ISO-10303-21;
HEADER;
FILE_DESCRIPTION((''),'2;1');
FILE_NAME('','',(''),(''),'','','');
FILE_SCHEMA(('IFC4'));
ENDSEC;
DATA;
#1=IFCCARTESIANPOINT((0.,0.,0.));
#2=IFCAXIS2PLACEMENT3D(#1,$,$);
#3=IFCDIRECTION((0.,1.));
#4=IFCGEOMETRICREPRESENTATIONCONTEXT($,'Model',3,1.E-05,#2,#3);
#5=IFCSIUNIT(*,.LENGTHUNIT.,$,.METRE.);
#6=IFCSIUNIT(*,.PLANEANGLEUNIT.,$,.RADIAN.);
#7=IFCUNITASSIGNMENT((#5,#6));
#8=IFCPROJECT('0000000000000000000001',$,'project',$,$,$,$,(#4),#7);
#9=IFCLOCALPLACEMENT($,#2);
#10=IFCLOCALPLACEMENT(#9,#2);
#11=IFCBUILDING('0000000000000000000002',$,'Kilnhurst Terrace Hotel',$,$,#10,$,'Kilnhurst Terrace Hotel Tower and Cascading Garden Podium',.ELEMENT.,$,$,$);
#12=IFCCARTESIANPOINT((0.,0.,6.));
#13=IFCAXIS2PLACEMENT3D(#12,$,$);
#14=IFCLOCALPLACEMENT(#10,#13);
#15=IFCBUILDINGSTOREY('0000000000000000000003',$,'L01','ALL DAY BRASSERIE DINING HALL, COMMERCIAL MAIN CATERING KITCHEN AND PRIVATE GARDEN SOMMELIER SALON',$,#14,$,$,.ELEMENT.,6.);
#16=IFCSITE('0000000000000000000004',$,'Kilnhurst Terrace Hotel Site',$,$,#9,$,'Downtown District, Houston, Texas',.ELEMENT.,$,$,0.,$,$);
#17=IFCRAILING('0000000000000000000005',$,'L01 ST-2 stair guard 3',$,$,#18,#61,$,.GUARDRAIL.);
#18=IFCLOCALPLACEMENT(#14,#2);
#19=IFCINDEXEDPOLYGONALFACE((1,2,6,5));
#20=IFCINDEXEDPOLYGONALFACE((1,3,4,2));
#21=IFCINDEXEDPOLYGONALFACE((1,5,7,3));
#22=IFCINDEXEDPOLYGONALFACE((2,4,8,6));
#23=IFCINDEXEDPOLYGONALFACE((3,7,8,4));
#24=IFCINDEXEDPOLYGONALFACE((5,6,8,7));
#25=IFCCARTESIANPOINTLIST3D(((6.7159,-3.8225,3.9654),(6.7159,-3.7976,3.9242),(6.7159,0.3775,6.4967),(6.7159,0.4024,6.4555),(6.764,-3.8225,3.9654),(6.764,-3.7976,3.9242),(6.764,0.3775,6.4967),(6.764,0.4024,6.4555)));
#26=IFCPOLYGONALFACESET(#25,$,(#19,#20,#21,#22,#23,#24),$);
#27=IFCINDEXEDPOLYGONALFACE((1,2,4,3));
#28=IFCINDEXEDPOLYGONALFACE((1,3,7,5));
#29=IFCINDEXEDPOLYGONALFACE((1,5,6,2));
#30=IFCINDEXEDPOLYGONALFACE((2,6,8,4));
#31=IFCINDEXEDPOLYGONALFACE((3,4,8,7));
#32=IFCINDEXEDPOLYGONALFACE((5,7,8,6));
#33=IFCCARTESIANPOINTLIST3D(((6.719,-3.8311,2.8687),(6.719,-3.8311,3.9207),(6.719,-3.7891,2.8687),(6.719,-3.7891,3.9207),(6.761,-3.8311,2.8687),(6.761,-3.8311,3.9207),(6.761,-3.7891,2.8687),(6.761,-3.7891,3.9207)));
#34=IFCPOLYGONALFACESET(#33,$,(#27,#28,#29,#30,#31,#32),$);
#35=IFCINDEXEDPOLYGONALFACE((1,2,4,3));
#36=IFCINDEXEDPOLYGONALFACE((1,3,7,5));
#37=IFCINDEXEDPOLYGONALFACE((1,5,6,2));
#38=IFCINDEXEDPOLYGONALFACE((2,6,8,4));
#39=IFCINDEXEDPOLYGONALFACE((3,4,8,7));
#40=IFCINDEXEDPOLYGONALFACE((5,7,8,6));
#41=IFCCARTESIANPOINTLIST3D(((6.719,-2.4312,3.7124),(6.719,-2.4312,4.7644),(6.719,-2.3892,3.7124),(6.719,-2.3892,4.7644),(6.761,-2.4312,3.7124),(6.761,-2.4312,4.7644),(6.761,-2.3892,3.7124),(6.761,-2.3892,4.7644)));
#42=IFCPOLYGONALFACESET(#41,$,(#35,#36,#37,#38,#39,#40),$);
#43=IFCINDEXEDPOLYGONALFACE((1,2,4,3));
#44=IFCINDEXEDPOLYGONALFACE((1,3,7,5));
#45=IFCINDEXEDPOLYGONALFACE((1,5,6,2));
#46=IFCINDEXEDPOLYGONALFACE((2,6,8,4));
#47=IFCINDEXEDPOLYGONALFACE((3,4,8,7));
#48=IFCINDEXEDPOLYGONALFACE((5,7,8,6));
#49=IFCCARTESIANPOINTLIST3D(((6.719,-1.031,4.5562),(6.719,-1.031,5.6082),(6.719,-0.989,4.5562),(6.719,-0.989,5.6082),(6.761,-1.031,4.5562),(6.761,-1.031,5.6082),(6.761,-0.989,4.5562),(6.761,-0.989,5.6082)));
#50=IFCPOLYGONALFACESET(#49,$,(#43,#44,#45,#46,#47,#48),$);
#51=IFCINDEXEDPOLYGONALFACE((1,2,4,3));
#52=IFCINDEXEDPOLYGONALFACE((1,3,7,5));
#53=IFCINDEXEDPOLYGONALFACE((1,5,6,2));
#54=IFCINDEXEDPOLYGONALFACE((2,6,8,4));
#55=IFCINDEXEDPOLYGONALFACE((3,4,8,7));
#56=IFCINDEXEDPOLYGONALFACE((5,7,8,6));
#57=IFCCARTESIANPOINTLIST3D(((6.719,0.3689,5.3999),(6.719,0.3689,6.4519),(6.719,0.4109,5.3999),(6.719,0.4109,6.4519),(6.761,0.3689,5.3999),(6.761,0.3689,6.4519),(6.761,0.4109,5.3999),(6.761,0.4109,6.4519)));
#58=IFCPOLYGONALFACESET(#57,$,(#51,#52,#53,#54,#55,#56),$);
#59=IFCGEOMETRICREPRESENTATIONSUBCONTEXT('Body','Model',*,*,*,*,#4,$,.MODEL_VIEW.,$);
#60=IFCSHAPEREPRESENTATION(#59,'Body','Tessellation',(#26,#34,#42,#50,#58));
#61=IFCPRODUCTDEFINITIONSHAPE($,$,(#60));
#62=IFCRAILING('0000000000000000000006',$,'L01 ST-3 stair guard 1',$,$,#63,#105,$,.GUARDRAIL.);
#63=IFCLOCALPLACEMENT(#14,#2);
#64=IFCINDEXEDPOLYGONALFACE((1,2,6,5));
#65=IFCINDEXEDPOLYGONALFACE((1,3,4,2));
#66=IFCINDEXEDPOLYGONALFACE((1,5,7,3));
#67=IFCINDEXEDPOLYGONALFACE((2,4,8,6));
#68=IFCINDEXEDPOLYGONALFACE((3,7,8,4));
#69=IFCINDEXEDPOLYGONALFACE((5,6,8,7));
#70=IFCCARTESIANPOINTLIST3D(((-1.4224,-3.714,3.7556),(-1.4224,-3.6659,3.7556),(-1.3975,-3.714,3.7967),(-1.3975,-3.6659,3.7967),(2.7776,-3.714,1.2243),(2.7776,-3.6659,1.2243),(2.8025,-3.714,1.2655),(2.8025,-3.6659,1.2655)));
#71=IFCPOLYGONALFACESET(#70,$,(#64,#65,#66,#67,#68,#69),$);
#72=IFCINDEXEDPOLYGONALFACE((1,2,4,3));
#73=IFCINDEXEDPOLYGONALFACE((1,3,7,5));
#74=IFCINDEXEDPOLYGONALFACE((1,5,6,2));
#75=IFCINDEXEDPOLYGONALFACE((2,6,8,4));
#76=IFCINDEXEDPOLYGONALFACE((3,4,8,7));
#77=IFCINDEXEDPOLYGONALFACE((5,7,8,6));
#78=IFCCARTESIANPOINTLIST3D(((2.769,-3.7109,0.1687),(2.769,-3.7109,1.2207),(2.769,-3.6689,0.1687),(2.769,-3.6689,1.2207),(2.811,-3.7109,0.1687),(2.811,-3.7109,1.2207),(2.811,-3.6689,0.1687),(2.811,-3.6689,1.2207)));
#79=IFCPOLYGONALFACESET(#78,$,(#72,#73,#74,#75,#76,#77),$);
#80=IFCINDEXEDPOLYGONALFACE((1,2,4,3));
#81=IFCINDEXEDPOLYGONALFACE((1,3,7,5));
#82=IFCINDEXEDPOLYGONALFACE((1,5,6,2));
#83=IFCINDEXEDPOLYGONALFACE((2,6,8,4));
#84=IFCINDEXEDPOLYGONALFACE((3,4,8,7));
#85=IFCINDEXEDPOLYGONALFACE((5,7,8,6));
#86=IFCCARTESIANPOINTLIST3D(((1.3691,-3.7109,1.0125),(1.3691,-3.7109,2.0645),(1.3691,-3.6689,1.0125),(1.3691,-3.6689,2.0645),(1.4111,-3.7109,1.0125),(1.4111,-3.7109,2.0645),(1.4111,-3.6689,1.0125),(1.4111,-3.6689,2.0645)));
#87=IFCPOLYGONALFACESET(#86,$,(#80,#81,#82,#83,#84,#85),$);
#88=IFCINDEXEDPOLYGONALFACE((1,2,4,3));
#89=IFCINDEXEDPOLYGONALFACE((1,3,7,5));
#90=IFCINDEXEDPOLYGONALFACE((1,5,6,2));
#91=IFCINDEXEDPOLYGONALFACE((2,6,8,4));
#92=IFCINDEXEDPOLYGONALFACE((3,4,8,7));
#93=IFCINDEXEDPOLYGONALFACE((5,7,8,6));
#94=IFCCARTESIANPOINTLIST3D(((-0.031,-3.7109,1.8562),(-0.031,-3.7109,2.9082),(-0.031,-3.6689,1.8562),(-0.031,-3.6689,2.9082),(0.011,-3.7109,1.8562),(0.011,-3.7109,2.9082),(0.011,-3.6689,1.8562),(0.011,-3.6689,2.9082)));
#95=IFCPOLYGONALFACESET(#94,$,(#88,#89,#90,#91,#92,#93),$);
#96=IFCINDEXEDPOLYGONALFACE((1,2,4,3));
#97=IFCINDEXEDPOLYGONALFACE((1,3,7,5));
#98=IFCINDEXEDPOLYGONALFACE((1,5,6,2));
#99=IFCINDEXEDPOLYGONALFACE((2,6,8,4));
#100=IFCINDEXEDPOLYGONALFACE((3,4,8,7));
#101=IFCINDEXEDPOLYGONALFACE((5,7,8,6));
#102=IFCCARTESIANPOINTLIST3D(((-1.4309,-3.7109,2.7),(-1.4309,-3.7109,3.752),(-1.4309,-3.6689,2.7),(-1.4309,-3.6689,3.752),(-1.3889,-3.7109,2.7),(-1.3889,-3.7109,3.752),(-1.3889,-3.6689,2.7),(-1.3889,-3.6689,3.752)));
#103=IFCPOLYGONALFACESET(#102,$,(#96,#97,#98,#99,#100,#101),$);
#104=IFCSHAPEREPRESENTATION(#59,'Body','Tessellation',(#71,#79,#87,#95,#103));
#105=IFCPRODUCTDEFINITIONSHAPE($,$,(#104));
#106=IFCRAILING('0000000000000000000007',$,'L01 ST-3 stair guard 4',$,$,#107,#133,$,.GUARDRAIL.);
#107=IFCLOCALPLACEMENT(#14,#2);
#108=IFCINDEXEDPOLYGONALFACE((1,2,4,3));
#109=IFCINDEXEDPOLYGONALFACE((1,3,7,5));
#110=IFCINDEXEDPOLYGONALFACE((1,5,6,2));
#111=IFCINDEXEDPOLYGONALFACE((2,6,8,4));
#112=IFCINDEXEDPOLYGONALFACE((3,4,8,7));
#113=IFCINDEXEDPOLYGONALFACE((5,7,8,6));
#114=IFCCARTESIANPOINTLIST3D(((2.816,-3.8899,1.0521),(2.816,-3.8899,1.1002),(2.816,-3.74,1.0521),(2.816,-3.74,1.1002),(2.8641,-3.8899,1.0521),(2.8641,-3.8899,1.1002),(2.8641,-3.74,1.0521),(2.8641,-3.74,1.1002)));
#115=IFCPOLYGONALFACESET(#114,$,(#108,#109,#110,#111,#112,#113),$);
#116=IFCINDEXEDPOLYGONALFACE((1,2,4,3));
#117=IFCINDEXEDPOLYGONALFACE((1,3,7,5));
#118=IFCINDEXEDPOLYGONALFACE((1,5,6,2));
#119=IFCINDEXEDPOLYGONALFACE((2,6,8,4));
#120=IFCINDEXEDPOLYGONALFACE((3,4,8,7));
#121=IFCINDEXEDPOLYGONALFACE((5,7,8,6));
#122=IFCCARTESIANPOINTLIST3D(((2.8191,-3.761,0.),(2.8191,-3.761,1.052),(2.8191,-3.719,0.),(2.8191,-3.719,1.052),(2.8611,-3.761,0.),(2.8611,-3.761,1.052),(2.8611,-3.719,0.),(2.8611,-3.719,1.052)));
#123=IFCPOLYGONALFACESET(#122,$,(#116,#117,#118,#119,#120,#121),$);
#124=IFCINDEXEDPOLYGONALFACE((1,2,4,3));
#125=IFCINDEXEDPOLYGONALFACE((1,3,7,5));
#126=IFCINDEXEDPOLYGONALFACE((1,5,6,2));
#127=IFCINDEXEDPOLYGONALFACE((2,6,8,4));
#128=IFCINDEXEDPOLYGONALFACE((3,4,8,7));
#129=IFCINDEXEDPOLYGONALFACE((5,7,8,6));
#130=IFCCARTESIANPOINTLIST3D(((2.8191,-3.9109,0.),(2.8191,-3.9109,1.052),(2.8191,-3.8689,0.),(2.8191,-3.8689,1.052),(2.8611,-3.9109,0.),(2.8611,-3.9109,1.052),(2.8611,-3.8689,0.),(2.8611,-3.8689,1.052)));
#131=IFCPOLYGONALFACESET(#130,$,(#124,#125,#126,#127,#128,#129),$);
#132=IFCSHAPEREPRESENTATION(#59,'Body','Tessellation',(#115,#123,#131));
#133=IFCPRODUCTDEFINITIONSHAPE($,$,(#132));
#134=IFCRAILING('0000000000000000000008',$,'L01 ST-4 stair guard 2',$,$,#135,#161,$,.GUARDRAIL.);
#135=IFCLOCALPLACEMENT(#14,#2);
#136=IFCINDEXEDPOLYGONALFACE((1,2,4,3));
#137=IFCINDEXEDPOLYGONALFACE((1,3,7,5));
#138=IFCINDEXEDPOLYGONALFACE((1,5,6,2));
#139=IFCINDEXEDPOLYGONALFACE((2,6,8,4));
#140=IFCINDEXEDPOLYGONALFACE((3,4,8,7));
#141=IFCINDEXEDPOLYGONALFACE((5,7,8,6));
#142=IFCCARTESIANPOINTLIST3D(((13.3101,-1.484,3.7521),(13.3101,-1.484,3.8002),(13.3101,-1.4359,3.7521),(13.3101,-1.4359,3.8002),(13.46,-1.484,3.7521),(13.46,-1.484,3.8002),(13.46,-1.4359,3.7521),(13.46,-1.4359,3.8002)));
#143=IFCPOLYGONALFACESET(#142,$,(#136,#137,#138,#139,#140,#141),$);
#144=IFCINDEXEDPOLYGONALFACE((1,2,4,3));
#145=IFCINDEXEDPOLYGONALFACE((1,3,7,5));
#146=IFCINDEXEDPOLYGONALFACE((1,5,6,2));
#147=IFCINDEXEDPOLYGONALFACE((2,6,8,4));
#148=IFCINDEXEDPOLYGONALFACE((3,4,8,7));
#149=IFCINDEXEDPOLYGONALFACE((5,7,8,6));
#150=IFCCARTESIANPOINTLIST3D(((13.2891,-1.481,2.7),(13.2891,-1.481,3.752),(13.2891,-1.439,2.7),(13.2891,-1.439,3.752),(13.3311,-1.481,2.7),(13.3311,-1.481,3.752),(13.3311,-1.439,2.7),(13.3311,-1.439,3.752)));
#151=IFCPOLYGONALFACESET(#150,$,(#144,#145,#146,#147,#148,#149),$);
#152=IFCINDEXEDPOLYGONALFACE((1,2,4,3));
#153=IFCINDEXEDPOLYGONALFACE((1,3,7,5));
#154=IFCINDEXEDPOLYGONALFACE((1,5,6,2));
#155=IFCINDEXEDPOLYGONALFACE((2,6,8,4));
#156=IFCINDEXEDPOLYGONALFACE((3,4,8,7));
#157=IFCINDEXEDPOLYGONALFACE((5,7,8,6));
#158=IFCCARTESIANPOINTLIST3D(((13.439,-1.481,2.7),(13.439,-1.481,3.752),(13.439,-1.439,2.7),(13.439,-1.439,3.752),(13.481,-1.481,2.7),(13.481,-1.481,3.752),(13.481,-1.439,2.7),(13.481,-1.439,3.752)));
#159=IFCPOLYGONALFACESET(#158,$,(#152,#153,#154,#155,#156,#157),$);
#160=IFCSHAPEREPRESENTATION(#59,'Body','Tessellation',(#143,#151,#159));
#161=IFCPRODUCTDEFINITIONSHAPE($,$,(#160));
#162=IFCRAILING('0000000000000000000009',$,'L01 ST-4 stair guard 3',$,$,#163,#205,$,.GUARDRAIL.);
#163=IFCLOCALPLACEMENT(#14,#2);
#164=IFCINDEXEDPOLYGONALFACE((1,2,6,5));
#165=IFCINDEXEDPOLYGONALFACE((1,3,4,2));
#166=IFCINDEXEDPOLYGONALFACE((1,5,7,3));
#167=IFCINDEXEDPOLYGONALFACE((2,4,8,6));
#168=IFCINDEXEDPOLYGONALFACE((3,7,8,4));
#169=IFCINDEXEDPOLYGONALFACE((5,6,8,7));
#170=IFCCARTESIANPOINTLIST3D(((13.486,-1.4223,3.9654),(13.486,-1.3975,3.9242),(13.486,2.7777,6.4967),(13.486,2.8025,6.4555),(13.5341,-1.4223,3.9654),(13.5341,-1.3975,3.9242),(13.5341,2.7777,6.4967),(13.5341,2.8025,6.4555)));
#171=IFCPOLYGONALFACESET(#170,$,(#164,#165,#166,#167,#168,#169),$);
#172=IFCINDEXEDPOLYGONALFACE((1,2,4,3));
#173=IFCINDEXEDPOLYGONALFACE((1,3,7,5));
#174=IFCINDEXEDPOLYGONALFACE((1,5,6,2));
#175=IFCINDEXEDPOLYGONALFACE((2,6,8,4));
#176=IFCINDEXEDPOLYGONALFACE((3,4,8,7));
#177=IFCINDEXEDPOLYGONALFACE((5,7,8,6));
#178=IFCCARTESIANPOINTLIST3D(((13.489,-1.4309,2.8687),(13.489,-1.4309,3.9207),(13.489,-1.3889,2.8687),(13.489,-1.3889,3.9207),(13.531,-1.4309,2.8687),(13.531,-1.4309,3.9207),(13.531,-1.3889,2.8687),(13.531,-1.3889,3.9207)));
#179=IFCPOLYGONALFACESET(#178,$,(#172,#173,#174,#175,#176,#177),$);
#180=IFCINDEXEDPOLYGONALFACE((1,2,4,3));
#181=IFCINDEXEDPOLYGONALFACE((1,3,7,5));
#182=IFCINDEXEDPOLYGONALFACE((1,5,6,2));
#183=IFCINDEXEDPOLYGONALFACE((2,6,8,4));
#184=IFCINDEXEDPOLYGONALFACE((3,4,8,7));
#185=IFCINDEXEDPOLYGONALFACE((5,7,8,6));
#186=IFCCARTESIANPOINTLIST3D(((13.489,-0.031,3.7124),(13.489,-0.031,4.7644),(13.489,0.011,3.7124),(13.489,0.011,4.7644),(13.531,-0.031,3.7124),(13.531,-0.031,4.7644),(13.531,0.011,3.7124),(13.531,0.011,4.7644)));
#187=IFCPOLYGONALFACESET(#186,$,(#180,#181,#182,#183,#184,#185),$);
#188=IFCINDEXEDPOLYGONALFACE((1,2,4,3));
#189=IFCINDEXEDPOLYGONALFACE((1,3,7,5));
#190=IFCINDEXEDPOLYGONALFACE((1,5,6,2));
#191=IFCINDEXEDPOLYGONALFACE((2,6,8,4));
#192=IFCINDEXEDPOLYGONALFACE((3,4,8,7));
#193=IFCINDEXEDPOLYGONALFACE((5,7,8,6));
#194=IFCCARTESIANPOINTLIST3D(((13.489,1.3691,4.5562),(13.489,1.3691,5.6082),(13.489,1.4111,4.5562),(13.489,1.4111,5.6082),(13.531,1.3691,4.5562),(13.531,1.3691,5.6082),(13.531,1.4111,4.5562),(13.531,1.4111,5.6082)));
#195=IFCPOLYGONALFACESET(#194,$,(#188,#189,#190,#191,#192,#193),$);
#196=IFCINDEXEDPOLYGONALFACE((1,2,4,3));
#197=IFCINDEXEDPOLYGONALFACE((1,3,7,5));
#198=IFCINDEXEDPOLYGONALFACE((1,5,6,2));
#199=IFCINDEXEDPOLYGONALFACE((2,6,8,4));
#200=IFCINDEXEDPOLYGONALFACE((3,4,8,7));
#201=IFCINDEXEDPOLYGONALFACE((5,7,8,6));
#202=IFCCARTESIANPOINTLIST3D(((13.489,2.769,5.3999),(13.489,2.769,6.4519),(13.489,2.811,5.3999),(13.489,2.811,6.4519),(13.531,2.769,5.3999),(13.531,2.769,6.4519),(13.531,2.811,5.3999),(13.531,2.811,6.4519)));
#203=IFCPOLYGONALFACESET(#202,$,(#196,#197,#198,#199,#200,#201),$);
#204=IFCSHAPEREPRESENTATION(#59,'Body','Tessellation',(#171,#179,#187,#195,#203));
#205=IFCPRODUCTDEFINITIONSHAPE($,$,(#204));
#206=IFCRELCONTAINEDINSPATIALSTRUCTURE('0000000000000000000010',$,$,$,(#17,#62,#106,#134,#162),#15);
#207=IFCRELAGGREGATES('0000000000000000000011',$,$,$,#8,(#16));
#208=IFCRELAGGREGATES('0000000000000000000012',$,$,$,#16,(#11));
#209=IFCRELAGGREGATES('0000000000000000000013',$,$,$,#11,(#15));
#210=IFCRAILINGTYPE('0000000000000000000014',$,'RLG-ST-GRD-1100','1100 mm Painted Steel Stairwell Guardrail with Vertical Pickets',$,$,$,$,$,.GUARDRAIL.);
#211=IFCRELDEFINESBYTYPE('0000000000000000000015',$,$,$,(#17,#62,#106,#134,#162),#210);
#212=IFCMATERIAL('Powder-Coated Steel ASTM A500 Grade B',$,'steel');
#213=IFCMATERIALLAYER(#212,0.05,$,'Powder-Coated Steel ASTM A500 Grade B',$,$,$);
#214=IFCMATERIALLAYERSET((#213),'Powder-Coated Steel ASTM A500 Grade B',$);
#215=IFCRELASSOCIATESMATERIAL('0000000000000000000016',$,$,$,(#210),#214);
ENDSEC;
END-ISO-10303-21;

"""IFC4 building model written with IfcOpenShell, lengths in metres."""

from ifc_helpers import new_model, si_unit, direction, frame, origin, origin_2d, place, context, subcontext, project, spatial, rectangle, extrude, material, layer, layer_set, type_object, element, save


model = new_model("IFC4")

# Units and contexts
model_context = context("Model", 3, precision=1e-05, world=origin(), true_north=direction((0.0, 1.0)))
body_context = subcontext(model_context, "Body", "Model", "MODEL_VIEW")
ifc_project = project(units=[si_unit("LENGTHUNIT", "METRE"), si_unit("PLANEANGLEUNIT", "RADIAN")], contexts=[model_context])

# Site, building, storey
site_placement = place(None, origin())
site = spatial("IfcSite", under=ifc_project, at=site_placement, Name="Kilnhurst Terrace Hotel Site", LongName="Downtown District, Houston, Texas", CompositionType="ELEMENT", RefElevation=0.0)
building_placement = place(site_placement, origin())
building = spatial("IfcBuilding", under=site, at=building_placement, Name="Kilnhurst Terrace Hotel", LongName="Kilnhurst Terrace Hotel Tower and Cascading Garden Podium", CompositionType="ELEMENT")
storey_placement = place(building_placement, frame((0.0, 0.0, 6.0)))
storey = spatial("IfcBuildingStorey", under=building, at=storey_placement, Name="L01", Description="ALL DAY BRASSERIE DINING HALL, COMMERCIAL MAIN CATERING KITCHEN AND PRIVATE GARDEN SOMMELIER SALON", CompositionType="ELEMENT", Elevation=6.0)

# Railings
ifc_material_1 = material(Name="Powder-Coated Steel ASTM A500 Grade B", Category="steel")
ifc_layer_1 = layer(ifc_material_1, 0.05, Name="Powder-Coated Steel ASTM A500 Grade B")
ifc_layer_set_1 = layer_set([ifc_layer_1], Name="Powder-Coated Steel ASTM A500 Grade B")
railing_type_1 = type_object("IfcRailingType", Name="RLG-ST-GRD-1100", Description="1100 mm Painted Steel Stairwell Guardrail with Vertical Pickets", PredefinedType="GUARDRAIL", material=ifc_layer_set_1)
railing_1_placement = place(storey_placement, frame((6.74, -3.8101, 2.8687)))
element("IfcRailing", 1, at=railing_1_placement, inside=storey, type_object=railing_type_1, Name="L01 ST-2 stair guard 3", PredefinedType="GUARDRAIL", context=body_context, shape_type="SweptSolid", body=[
    extrude(rectangle(XDim=0.0481, YDim=0.0481, at=origin_2d()), frame((0.0, 0.0, 1.0762), z_axis=(0.0, 0.856476, 0.516186), x_axis=(-1.0, 0.0, 0.0)), (0.0, 0.0, 1.0), 4.9038),
    extrude(rectangle(XDim=0.042, YDim=0.042, at=origin_2d()), origin(), (0.0, 0.0, 1.0), 1.052),
    extrude(rectangle(XDim=0.042, YDim=0.042, at=origin_2d()), frame((0.0, 1.3999, 0.8438)), (0.0, 0.0, 1.0), 1.052),
    extrude(rectangle(XDim=0.042, YDim=0.042, at=origin_2d()), frame((0.0, 2.8, 1.6875)), (0.0, 0.0, 1.0), 1.052),
    extrude(rectangle(XDim=0.042, YDim=0.042, at=origin_2d()), frame((0.0, 4.2, 2.5312)), (0.0, 0.0, 1.0), 1.052),
])
railing_2_placement = place(storey_placement, frame((2.79, -3.6899, 0.1687)))
element("IfcRailing", 2, at=railing_2_placement, inside=storey, type_object=railing_type_1, Name="L01 ST-3 stair guard 1", PredefinedType="GUARDRAIL", context=body_context, shape_type="SweptSolid", body=[
    extrude(rectangle(XDim=0.0481, YDim=0.0481, at=origin_2d()), frame((0.0, 0.0, 1.0762), z_axis=(-0.856476, 0.0, 0.516186), x_axis=(0.0, -1.0, 0.0)), (0.0, 0.0, 1.0), 4.9038),
    extrude(rectangle(XDim=0.042, YDim=0.042, at=origin_2d()), origin(), (0.0, 0.0, 1.0), 1.052),
    extrude(rectangle(XDim=0.042, YDim=0.042, at=origin_2d()), frame((-1.3999, 0.0, 0.8438)), (0.0, 0.0, 1.0), 1.052),
    extrude(rectangle(XDim=0.042, YDim=0.042, at=origin_2d()), frame((-2.8, 0.0, 1.6875)), (0.0, 0.0, 1.0), 1.052),
    extrude(rectangle(XDim=0.042, YDim=0.042, at=origin_2d()), frame((-4.2, 0.0, 2.5312)), (0.0, 0.0, 1.0), 1.052),
])
railing_3_placement = place(storey_placement, frame((2.8401, -3.74, 0.0)))
element("IfcRailing", 3, at=railing_3_placement, inside=storey, type_object=railing_type_1, Name="L01 ST-3 stair guard 4", PredefinedType="GUARDRAIL", context=body_context, shape_type="SweptSolid", body=[
    extrude(rectangle(XDim=0.0481, YDim=0.0481, at=origin_2d()), frame((0.0, 0.0, 1.0762), z_axis=(0.0, -1.0, 0.0), x_axis=(1.0, 0.0, 0.0)), (0.0, 0.0, 1.0), 0.1499),
    extrude(rectangle(XDim=0.042, YDim=0.042, at=origin_2d()), origin(), (0.0, 0.0, 1.0), 1.052),
    extrude(rectangle(XDim=0.042, YDim=0.042, at=origin_2d()), frame((0.0, -0.1499, 0.0)), (0.0, 0.0, 1.0), 1.052),
])
railing_4_placement = place(storey_placement, frame((13.3101, -1.46, 2.7)))
element("IfcRailing", 4, at=railing_4_placement, inside=storey, type_object=railing_type_1, Name="L01 ST-4 stair guard 2", PredefinedType="GUARDRAIL", context=body_context, shape_type="SweptSolid", body=[
    extrude(rectangle(XDim=0.0481, YDim=0.0481, at=origin_2d()), frame((0.0, 0.0, 1.0762), z_axis=(1.0, 0.0, 0.0), x_axis=(0.0, 1.0, 0.0)), (0.0, 0.0, 1.0), 0.1499),
    extrude(rectangle(XDim=0.042, YDim=0.042, at=origin_2d()), origin(), (0.0, 0.0, 1.0), 1.052),
    extrude(rectangle(XDim=0.042, YDim=0.042, at=origin_2d()), frame((0.1499, 0.0, 0.0)), (0.0, 0.0, 1.0), 1.052),
])
railing_5_placement = place(storey_placement, frame((13.51, -1.4099, 2.8687)))
element("IfcRailing", 5, at=railing_5_placement, inside=storey, type_object=railing_type_1, Name="L01 ST-4 stair guard 3", PredefinedType="GUARDRAIL", context=body_context, shape_type="SweptSolid", body=[
    extrude(rectangle(XDim=0.0481, YDim=0.0481, at=origin_2d()), frame((0.0, 0.0, 1.0762), z_axis=(0.0, 0.856476, 0.516186), x_axis=(-1.0, 0.0, 0.0)), (0.0, 0.0, 1.0), 4.9038),
    extrude(rectangle(XDim=0.042, YDim=0.042, at=origin_2d()), origin(), (0.0, 0.0, 1.0), 1.052),
    extrude(rectangle(XDim=0.042, YDim=0.042, at=origin_2d()), frame((0.0, 1.3999, 0.8438)), (0.0, 0.0, 1.0), 1.052),
    extrude(rectangle(XDim=0.042, YDim=0.042, at=origin_2d()), frame((0.0, 2.8, 1.6875)), (0.0, 0.0, 1.0), 1.052),
    extrude(rectangle(XDim=0.042, YDim=0.042, at=origin_2d()), frame((0.0, 4.2, 2.5312)), (0.0, 0.0, 1.0), 1.052),
])

save(model, "model.ifc")
